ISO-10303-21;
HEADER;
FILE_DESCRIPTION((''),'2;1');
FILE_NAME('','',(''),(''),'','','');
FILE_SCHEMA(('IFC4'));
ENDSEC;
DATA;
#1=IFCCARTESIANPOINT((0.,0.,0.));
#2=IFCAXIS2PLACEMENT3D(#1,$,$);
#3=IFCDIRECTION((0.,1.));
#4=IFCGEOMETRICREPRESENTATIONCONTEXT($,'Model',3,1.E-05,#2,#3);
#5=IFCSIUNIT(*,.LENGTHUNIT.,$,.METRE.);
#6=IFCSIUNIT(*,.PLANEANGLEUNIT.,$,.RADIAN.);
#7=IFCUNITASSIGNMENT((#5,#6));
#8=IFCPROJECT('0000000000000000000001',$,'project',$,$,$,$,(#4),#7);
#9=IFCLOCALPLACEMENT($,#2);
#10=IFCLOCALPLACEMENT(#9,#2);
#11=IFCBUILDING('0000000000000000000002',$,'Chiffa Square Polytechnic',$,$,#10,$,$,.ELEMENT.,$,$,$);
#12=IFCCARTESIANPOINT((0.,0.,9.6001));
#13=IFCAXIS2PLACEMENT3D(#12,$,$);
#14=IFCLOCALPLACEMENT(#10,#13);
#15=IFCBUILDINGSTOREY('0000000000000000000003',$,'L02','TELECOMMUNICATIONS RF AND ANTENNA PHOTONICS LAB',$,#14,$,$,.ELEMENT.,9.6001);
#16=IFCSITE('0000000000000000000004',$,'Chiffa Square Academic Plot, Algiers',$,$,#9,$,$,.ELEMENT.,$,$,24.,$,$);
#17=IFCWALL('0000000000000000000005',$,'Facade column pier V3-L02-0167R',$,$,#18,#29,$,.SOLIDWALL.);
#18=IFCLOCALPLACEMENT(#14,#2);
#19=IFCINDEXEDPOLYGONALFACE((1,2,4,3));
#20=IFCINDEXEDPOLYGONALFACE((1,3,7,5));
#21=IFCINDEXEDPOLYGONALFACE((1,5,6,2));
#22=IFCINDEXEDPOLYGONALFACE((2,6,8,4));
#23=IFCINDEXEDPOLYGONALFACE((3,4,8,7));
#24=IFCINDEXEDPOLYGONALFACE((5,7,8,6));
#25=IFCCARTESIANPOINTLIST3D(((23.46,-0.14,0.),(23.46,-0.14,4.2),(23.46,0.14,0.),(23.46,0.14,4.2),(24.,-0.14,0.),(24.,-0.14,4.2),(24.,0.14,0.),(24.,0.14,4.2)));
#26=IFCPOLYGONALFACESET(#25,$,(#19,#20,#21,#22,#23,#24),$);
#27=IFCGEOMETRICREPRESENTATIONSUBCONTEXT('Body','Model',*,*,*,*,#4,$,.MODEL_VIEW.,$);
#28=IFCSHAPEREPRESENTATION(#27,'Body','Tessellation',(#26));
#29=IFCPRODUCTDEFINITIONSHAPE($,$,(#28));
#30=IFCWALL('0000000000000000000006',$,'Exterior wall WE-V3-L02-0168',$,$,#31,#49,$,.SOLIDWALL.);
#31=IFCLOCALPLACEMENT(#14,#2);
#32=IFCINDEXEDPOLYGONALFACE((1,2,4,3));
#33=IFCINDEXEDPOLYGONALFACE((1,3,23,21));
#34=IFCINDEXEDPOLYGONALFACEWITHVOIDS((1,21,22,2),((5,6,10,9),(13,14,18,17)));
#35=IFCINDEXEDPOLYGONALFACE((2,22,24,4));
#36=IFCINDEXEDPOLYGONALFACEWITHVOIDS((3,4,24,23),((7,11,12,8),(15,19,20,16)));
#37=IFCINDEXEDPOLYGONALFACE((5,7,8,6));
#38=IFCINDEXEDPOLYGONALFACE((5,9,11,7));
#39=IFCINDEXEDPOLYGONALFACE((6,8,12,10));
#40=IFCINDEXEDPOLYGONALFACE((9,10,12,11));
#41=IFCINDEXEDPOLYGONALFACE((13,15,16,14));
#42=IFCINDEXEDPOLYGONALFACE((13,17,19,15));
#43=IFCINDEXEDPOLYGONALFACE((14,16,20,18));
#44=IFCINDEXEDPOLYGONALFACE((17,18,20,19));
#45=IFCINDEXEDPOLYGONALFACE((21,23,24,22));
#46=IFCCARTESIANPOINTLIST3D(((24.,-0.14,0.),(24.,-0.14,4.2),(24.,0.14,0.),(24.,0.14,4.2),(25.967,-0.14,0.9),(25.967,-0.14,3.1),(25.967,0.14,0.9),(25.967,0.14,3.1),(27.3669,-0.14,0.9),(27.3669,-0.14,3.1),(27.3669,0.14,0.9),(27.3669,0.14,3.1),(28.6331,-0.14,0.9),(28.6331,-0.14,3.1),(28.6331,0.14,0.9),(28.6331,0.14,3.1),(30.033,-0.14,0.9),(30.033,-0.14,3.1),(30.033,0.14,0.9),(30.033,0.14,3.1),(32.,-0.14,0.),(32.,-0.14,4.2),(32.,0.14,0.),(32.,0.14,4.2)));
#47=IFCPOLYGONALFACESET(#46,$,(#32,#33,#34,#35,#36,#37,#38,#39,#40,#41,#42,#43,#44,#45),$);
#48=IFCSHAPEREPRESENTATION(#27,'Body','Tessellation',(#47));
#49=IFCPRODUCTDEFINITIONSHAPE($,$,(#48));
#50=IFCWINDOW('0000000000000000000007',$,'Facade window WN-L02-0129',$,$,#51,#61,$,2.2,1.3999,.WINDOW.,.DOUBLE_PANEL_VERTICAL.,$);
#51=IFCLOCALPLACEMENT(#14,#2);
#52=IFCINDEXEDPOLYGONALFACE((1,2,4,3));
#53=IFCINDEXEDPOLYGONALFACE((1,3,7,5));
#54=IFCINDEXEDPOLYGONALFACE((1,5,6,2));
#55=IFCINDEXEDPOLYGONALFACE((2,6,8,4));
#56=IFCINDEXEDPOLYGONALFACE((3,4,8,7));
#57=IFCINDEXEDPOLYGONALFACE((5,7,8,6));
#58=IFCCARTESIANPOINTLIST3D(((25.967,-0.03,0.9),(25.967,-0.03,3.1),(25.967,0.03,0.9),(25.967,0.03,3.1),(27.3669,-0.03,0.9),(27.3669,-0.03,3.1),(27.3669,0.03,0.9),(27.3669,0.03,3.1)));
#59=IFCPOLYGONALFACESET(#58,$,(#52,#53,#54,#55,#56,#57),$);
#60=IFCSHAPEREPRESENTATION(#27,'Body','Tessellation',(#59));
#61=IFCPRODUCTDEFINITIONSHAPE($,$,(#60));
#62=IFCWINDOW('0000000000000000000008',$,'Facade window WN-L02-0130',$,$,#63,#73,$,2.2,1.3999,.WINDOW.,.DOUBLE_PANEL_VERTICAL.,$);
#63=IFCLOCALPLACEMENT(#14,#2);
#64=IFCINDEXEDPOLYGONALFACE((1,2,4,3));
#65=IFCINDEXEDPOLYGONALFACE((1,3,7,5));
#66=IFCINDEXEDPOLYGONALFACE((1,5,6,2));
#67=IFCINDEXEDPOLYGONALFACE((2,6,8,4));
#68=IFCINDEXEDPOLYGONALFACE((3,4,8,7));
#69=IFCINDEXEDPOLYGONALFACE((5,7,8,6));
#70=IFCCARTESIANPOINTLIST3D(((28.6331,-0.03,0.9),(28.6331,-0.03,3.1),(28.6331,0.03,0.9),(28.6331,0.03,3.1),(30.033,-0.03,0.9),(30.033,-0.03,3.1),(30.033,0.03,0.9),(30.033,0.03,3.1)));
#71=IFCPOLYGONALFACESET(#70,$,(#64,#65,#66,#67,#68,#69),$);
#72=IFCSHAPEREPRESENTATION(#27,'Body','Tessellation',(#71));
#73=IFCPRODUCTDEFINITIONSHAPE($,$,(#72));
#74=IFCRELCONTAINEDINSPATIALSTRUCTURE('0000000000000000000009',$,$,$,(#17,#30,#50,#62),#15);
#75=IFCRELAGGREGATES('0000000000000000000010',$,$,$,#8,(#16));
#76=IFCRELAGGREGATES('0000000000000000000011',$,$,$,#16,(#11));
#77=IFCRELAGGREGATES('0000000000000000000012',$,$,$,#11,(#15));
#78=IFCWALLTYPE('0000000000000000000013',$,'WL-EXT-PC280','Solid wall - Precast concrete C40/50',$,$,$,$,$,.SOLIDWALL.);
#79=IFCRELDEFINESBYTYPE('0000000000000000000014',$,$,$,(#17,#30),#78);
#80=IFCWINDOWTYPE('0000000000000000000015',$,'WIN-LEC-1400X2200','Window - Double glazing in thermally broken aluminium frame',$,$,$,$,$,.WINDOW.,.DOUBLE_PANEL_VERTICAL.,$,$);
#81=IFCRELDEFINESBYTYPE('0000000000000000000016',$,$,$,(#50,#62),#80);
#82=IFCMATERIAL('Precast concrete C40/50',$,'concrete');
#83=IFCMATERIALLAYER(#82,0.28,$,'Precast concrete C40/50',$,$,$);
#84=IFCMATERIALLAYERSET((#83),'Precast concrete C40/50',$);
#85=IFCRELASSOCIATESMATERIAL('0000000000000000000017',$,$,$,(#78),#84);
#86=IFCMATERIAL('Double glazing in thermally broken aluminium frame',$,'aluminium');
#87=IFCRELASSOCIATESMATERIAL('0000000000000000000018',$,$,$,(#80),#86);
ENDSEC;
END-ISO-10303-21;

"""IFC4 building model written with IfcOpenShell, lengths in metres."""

from ifc_helpers import new_model, si_unit, direction, frame, frame_2d, origin, place, context, subcontext, project, spatial, rectangle, extrude, material, layer, layer_set, type_object, element, fill, save


model = new_model("IFC4")

# Units and contexts
model_context = context("Model", 3, precision=1e-05, world=origin(), true_north=direction((0.0, 1.0)))
body_context = subcontext(model_context, "Body", "Model", "MODEL_VIEW")
ifc_project = project(units=[si_unit("LENGTHUNIT", "METRE"), si_unit("PLANEANGLEUNIT", "RADIAN")], contexts=[model_context])

# Site, building, storey
site_placement = place(None, origin())
site = spatial("IfcSite", under=ifc_project, at=site_placement, Name="Chiffa Square Academic Plot, Algiers", CompositionType="ELEMENT", RefElevation=24.0)
building_placement = place(site_placement, origin())
building = spatial("IfcBuilding", under=site, at=building_placement, Name="Chiffa Square Polytechnic", CompositionType="ELEMENT")
storey_placement = place(building_placement, frame((0.0, 0.0, 9.6001)))
storey = spatial("IfcBuildingStorey", under=building, at=storey_placement, Name="L02", Description="TELECOMMUNICATIONS RF AND ANTENNA PHOTONICS LAB", CompositionType="ELEMENT", Elevation=9.6001)

# Wall
ifc_material_1 = material(Name="Precast concrete C40/50", Category="concrete")
ifc_layer_1 = layer(ifc_material_1, 0.28, Name="Precast concrete C40/50")
ifc_layer_set_1 = layer_set([ifc_layer_1], Name="Precast concrete C40/50")
wall_type = type_object("IfcWallType", Name="WL-EXT-PC280", Description="Solid wall - Precast concrete C40/50", PredefinedType="SOLIDWALL", material=ifc_layer_set_1)
wall_1_placement = place(storey_placement, frame((23.46, 0.0, 0.0), z_axis=(0.0, 0.0, 1.0), x_axis=(1.0, 0.0, 0.0)))
element("IfcWall", 1, at=wall_1_placement, inside=storey, type_object=wall_type, Name="Facade column pier V3-L02-0167R", PredefinedType="SOLIDWALL", context=body_context, shape_type="SweptSolid", body=[
    extrude(rectangle(XDim=0.54, YDim=0.28, at=frame_2d((0.27, 0.0))), origin(), (0.0, 0.0, 1.0), 4.2),
])

# Wall, openings, windows
wall_2_placement = place(storey_placement, frame((24.0, 0.0, 0.0), z_axis=(0.0, 0.0, 1.0), x_axis=(1.0, 0.0, 0.0)))
wall_2 = element("IfcWall", 2, at=wall_2_placement, inside=storey, type_object=wall_type, Name="Exterior wall WE-V3-L02-0168", PredefinedType="SOLIDWALL", context=body_context, shape_type="SweptSolid", body=[
    extrude(rectangle(XDim=8.0, YDim=0.28, at=frame_2d((4.0, 0.0))), origin(), (0.0, 0.0, 1.0), 4.2),
])
opening_1_placement = place(wall_2_placement, frame((1.967, 0.0, 0.8999)))
opening_1 = element("IfcOpeningElement", 3, at=opening_1_placement, cuts=wall_2, PredefinedType="OPENING", context=body_context, shape_type="SweptSolid", body=[
    extrude(rectangle(XDim=1.3999, YDim=2.2, at=frame_2d((0.7, 1.1001))), frame((0.0, 0.1499, 0.0), z_axis=(0.0, -1.0, 0.0), x_axis=(1.0, 0.0, 0.0)), (0.0, 0.0, 1.0), 0.3),
])
opening_2_placement = place(wall_2_placement, frame((4.6331, 0.0, 0.8999)))
opening_2 = element("IfcOpeningElement", 4, at=opening_2_placement, cuts=wall_2, PredefinedType="OPENING", context=body_context, shape_type="SweptSolid", body=[
    extrude(rectangle(XDim=1.3999, YDim=2.2, at=frame_2d((0.7, 1.1001))), frame((0.0, 0.1499, 0.0), z_axis=(0.0, -1.0, 0.0), x_axis=(1.0, 0.0, 0.0)), (0.0, 0.0, 1.0), 0.3),
])
ifc_material_2 = material(Name="Double glazing in thermally broken aluminium frame", Category="aluminium")
window_type = type_object("IfcWindowType", Name="WIN-LEC-1400X2200", Description="Window - Double glazing in thermally broken aluminium frame", PartitioningType="DOUBLE_PANEL_VERTICAL", PredefinedType="WINDOW", material=ifc_material_2)
window_1_placement = place(opening_1_placement, origin())
window_1 = element("IfcWindow", 5, at=window_1_placement, inside=storey, type_object=window_type, Name="Facade window WN-L02-0129", OverallHeight=2.2, OverallWidth=1.3999, PartitioningType="DOUBLE_PANEL_VERTICAL", PredefinedType="WINDOW", context=body_context, shape_type="SweptSolid", body=[
    extrude(rectangle(XDim=1.3999, YDim=2.2, at=frame_2d((0.7, 1.1001))), frame((0.0, 0.03, 0.0), z_axis=(0.0, -1.0, 0.0), x_axis=(1.0, 0.0, 0.0)), (0.0, 0.0, 1.0), 0.0601),
])
fill(opening_1, window_1)
window_2_placement = place(opening_2_placement, origin())
window_2 = element("IfcWindow", 6, at=window_2_placement, inside=storey, type_object=window_type, Name="Facade window WN-L02-0130", OverallHeight=2.2, OverallWidth=1.3999, PartitioningType="DOUBLE_PANEL_VERTICAL", PredefinedType="WINDOW", context=body_context, shape_type="SweptSolid", body=[
    extrude(rectangle(XDim=1.3999, YDim=2.2, at=frame_2d((0.7, 1.1001))), frame((0.0, 0.03, 0.0), z_axis=(0.0, -1.0, 0.0), x_axis=(1.0, 0.0, 0.0)), (0.0, 0.0, 1.0), 0.0601),
])
fill(opening_2, window_2)

save(model, "model.ifc")
